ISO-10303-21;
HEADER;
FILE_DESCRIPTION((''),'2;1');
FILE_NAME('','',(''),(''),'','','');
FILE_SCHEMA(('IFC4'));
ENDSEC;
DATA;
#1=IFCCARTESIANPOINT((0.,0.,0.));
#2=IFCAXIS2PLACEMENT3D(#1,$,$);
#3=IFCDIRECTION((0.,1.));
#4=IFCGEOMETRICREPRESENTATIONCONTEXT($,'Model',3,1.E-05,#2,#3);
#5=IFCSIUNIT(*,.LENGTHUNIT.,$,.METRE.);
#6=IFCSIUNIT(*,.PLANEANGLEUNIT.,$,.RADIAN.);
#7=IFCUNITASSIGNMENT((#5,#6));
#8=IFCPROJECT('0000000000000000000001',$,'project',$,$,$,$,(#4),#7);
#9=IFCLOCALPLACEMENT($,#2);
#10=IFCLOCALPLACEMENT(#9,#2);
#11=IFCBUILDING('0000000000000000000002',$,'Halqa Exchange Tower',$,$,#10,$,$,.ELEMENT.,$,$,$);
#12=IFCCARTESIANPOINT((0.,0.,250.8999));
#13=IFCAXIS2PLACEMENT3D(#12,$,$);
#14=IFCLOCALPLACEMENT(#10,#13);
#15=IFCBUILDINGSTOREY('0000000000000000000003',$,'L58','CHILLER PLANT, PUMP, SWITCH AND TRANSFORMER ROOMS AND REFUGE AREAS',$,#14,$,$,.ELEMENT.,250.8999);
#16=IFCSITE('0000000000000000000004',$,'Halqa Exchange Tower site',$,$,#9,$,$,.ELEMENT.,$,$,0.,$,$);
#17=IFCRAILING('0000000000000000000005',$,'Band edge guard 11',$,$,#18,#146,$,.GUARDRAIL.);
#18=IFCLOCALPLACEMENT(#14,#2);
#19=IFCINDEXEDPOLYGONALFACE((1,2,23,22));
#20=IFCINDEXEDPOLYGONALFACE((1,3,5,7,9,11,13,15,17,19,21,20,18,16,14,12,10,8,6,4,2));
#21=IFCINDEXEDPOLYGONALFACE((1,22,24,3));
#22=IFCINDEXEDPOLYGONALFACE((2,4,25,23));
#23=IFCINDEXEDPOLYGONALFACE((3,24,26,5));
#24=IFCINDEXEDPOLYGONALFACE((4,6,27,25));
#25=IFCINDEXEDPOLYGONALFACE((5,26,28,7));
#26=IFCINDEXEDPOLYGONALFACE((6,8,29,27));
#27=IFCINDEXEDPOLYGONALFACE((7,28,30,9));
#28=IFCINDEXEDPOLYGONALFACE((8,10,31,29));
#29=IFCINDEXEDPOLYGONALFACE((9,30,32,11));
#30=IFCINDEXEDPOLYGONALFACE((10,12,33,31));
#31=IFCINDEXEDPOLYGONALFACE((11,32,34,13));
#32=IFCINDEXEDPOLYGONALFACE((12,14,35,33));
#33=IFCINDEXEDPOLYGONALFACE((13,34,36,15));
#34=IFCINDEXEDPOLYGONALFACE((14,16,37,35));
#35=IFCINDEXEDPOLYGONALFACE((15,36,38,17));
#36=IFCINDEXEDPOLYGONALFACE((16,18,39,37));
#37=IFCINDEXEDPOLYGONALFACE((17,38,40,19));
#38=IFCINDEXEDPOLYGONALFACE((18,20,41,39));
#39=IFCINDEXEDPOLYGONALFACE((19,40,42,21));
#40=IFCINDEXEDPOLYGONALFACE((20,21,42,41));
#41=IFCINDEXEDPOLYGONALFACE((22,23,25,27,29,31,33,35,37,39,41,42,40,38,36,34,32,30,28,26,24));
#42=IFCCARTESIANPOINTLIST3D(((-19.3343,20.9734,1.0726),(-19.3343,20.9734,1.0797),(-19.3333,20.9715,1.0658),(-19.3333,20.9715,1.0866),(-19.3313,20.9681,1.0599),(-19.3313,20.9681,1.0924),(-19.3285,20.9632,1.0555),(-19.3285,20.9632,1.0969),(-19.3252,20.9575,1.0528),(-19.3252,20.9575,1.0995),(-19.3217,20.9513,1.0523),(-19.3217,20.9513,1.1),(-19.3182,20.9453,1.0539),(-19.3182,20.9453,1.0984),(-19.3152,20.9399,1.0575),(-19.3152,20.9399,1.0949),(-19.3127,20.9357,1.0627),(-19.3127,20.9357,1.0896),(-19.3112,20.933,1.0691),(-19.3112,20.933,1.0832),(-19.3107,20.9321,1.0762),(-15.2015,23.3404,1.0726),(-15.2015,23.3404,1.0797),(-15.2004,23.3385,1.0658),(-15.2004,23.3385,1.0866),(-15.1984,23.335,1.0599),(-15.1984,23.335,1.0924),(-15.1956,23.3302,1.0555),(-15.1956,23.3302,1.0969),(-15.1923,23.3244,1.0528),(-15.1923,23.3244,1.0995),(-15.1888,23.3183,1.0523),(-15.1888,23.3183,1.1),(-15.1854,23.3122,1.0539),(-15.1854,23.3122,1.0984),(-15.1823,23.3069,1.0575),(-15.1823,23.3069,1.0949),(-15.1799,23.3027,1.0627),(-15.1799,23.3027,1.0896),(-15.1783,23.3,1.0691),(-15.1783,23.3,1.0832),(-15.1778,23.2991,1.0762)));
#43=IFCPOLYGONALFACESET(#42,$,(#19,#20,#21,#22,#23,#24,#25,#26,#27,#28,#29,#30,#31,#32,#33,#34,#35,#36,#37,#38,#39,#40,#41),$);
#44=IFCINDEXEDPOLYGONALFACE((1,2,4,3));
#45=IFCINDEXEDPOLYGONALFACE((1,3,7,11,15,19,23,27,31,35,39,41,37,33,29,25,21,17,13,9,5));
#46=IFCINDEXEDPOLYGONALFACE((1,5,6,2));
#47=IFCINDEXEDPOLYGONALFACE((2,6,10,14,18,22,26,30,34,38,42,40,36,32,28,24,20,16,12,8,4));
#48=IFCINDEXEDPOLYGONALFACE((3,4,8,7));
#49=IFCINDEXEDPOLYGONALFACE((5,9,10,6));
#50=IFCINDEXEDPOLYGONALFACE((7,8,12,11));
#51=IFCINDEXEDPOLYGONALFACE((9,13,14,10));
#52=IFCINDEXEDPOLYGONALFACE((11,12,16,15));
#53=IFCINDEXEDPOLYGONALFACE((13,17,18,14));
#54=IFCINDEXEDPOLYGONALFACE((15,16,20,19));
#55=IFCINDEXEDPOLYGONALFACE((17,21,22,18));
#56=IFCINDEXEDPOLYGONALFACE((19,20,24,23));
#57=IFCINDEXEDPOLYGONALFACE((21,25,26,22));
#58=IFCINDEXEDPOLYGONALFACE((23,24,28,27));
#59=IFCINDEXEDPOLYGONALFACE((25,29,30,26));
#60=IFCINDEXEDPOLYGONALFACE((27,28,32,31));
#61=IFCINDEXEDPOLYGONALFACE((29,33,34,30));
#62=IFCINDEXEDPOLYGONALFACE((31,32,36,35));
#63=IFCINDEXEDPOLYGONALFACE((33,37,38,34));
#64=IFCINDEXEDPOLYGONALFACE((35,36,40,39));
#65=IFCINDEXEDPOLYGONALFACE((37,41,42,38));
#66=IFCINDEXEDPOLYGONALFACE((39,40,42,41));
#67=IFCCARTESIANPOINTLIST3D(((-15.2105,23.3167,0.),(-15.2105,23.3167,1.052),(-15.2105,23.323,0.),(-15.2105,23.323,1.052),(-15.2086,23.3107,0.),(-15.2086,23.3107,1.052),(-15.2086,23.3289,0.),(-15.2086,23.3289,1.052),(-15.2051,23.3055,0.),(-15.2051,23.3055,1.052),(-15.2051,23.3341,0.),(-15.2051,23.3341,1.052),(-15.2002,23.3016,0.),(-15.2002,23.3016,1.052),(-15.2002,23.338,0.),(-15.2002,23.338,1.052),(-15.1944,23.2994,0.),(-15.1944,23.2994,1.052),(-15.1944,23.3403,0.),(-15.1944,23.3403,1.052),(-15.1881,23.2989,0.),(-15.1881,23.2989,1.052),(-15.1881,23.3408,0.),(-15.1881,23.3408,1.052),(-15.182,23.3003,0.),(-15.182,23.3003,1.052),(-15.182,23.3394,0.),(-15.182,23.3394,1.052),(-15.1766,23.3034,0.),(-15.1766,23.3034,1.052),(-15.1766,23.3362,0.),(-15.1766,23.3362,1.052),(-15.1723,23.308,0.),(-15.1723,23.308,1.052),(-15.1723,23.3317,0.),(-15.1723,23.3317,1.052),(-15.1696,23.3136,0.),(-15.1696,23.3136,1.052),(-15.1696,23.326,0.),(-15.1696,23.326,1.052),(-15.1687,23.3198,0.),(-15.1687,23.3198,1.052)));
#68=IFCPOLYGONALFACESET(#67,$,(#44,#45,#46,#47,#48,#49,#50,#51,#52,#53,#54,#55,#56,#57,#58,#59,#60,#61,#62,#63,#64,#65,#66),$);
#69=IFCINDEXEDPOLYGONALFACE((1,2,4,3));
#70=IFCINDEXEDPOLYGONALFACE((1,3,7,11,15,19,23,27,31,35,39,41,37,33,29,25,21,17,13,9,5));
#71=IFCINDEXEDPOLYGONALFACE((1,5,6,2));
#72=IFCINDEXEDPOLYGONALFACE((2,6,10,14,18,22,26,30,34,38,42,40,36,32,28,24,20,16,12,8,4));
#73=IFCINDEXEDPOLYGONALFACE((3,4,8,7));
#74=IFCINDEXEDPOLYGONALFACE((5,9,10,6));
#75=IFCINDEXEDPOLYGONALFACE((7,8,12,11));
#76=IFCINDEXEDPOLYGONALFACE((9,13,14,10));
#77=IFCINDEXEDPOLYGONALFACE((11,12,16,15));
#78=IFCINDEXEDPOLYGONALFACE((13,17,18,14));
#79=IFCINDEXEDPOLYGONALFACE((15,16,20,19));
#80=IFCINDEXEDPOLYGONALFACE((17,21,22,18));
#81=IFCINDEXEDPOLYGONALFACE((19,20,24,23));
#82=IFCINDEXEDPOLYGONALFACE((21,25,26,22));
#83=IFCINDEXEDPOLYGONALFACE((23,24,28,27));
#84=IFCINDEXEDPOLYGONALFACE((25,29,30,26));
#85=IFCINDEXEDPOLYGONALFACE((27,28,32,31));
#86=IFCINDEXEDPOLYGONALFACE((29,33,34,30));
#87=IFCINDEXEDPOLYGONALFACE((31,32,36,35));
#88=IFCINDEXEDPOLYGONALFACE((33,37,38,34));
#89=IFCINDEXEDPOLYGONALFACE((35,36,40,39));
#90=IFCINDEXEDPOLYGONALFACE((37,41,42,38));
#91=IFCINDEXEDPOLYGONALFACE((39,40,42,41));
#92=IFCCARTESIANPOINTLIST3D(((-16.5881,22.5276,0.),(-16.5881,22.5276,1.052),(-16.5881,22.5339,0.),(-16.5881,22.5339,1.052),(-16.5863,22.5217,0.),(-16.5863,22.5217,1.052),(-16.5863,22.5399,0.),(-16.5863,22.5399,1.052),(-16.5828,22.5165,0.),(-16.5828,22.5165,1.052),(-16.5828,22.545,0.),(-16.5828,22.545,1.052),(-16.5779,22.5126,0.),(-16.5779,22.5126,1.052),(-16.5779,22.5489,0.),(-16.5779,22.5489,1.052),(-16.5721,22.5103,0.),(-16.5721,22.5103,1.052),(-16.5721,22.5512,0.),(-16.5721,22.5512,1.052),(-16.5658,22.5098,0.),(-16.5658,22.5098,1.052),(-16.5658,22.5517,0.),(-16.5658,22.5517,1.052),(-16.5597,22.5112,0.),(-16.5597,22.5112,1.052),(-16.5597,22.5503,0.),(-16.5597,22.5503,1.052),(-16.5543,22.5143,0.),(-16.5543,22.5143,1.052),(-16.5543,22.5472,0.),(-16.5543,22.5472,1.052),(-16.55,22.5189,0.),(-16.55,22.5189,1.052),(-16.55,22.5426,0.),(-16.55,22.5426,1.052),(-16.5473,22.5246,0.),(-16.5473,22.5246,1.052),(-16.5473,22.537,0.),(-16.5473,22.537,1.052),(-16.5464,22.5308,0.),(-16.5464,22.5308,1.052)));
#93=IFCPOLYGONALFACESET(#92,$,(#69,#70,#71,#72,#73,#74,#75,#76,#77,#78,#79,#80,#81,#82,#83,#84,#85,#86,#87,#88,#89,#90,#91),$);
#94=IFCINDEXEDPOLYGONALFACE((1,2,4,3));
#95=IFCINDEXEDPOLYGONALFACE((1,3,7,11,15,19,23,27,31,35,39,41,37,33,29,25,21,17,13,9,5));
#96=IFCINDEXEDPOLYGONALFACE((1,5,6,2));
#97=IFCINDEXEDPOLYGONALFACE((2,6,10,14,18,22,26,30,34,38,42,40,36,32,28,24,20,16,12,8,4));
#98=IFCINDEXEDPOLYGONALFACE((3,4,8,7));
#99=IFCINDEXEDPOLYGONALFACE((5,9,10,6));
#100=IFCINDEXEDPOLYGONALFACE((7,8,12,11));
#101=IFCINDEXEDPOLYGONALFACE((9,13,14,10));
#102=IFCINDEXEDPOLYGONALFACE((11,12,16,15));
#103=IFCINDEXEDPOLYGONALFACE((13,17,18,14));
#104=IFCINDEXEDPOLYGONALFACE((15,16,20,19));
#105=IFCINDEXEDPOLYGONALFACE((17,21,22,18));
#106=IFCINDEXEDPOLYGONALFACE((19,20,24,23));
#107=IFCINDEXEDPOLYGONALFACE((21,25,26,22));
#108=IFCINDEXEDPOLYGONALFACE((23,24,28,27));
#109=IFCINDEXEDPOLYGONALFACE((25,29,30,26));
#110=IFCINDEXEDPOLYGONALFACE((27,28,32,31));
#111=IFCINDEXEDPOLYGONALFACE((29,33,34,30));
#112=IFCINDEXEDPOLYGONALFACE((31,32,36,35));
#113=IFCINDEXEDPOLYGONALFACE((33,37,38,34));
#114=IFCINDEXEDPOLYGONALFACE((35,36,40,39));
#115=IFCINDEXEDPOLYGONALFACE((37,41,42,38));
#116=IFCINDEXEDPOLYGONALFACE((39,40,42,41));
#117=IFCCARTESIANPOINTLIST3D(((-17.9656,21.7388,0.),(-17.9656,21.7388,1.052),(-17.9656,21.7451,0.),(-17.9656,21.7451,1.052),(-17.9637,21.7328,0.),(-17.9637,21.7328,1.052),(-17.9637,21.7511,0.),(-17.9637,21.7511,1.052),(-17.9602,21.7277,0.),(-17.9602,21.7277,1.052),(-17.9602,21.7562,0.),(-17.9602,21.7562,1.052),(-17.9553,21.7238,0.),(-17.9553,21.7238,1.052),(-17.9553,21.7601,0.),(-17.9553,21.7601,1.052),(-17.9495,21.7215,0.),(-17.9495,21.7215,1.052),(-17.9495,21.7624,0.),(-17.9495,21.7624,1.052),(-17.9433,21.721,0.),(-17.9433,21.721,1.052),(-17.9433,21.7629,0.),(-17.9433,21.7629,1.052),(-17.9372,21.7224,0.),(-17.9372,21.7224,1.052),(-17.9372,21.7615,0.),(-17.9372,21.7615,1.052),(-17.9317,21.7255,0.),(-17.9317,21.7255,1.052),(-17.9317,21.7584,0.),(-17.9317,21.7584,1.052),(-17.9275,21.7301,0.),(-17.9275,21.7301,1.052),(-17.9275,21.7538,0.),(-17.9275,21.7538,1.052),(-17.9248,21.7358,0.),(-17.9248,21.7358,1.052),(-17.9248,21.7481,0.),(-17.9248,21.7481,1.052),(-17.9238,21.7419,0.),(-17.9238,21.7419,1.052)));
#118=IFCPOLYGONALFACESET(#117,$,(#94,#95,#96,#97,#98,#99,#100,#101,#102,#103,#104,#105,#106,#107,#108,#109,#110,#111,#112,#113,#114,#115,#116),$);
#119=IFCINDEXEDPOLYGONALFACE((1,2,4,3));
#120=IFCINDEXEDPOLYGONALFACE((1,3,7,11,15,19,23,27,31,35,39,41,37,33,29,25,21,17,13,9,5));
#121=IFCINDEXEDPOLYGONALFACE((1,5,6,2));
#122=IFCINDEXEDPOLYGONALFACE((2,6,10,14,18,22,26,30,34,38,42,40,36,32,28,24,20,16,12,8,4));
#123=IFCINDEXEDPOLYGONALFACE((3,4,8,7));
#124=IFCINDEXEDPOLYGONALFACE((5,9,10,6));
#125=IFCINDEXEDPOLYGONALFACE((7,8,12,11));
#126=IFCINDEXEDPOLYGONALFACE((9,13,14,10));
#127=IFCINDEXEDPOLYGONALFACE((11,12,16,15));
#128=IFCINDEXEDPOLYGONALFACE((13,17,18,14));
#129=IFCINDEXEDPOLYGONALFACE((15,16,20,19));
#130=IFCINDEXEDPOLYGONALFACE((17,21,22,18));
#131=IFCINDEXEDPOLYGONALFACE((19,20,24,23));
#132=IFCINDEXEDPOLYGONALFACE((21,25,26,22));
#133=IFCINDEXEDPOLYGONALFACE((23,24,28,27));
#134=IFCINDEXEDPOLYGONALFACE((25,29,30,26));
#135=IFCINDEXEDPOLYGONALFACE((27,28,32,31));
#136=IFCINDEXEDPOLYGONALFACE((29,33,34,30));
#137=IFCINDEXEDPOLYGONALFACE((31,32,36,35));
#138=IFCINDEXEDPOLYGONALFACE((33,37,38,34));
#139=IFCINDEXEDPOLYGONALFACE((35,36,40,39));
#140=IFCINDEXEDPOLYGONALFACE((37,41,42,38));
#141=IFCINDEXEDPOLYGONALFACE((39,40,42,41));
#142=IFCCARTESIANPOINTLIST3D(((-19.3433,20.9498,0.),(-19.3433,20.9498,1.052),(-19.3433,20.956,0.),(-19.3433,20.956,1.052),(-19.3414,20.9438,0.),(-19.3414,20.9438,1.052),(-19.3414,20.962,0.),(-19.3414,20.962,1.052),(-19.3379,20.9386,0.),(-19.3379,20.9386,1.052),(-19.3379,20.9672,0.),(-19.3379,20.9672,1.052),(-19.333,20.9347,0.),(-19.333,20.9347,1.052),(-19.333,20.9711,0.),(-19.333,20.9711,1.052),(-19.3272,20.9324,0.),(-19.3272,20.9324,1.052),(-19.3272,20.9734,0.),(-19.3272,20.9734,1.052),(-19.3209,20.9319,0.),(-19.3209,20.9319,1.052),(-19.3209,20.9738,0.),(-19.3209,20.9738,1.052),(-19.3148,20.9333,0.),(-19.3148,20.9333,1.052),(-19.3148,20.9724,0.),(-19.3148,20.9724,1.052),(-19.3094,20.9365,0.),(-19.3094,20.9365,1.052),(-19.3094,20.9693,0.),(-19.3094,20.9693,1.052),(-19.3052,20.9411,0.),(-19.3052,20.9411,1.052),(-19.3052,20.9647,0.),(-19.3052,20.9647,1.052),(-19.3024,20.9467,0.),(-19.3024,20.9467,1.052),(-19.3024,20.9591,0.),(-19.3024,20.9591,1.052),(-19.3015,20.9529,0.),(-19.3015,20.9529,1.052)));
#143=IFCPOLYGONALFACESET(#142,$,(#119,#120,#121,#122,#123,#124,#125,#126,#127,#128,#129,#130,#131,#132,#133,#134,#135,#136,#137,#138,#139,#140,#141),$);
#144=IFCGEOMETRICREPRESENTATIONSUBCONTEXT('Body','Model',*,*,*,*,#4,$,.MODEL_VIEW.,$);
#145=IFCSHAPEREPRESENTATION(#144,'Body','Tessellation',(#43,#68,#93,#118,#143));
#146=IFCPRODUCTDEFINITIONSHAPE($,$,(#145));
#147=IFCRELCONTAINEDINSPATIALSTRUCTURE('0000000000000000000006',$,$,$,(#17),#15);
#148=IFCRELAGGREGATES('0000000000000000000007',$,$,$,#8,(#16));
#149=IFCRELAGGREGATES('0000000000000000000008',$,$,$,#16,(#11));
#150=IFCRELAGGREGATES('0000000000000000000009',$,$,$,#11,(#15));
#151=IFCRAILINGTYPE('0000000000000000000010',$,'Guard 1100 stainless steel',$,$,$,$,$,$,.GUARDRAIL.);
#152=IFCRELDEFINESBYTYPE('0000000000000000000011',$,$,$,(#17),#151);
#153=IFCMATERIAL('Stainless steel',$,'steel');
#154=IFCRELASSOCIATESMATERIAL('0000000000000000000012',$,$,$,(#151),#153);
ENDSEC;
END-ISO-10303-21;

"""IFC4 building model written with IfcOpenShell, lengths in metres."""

from ifc_helpers import new_model, si_unit, direction, frame, origin, origin_2d, place, context, subcontext, project, spatial, circle, extrude, material, type_object, element, save


model = new_model("IFC4")

# Units and contexts
model_context = context("Model", 3, precision=1e-05, world=origin(), true_north=direction((0.0, 1.0)))
body_context = subcontext(model_context, "Body", "Model", "MODEL_VIEW")
ifc_project = project(units=[si_unit("LENGTHUNIT", "METRE"), si_unit("PLANEANGLEUNIT", "RADIAN")], contexts=[model_context])

# Site, building, storey
site_placement = place(None, origin())
site = spatial("IfcSite", under=ifc_project, at=site_placement, Name="Halqa Exchange Tower site", CompositionType="ELEMENT", RefElevation=0.0)
building_placement = place(site_placement, origin())
building = spatial("IfcBuilding", under=site, at=building_placement, Name="Halqa Exchange Tower", CompositionType="ELEMENT")
storey_placement = place(building_placement, frame((0.0, 0.0, 250.8999)))
storey = spatial("IfcBuildingStorey", under=building, at=storey_placement, Name="L58", Description="CHILLER PLANT, PUMP, SWITCH AND TRANSFORMER ROOMS AND REFUGE AREAS", CompositionType="ELEMENT", Elevation=250.8999)

# Railing
ifc_material_1 = material(Name="Stainless steel", Category="steel")
railing_type = type_object("IfcRailingType", Name="Guard 1100 stainless steel", PredefinedType="GUARDRAIL", material=ifc_material_1)
railing_1_placement = place(storey_placement, frame((-15.1897, 23.3198, 0.0)))
element("IfcRailing", 1, at=railing_1_placement, inside=storey, type_object=railing_type, Name="Band edge guard 11", PredefinedType="GUARDRAIL", context=body_context, shape_type="SweptSolid", body=[
    extrude(circle(Radius=0.0239, at=origin_2d()), frame((0.0, 0.0, 1.0762), z_axis=(-0.86776, -0.496983, 0.0), x_axis=(0.496983, -0.86776, 0.0)), (0.0, 0.0, 1.0), 4.7627),
    extrude(circle(Radius=0.021, at=origin_2d()), origin(), (0.0, 0.0, 1.0), 1.052),
    extrude(circle(Radius=0.021, at=origin_2d()), frame((-1.3777, -0.7891, 0.0)), (0.0, 0.0, 1.0), 1.052),
    extrude(circle(Radius=0.021, at=origin_2d()), frame((-2.7551, -1.5779, 0.0)), (0.0, 0.0, 1.0), 1.052),
    extrude(circle(Radius=0.021, at=origin_2d()), frame((-4.1328, -2.3669, 0.0)), (0.0, 0.0, 1.0), 1.052),
])

save(model, "model.ifc")
